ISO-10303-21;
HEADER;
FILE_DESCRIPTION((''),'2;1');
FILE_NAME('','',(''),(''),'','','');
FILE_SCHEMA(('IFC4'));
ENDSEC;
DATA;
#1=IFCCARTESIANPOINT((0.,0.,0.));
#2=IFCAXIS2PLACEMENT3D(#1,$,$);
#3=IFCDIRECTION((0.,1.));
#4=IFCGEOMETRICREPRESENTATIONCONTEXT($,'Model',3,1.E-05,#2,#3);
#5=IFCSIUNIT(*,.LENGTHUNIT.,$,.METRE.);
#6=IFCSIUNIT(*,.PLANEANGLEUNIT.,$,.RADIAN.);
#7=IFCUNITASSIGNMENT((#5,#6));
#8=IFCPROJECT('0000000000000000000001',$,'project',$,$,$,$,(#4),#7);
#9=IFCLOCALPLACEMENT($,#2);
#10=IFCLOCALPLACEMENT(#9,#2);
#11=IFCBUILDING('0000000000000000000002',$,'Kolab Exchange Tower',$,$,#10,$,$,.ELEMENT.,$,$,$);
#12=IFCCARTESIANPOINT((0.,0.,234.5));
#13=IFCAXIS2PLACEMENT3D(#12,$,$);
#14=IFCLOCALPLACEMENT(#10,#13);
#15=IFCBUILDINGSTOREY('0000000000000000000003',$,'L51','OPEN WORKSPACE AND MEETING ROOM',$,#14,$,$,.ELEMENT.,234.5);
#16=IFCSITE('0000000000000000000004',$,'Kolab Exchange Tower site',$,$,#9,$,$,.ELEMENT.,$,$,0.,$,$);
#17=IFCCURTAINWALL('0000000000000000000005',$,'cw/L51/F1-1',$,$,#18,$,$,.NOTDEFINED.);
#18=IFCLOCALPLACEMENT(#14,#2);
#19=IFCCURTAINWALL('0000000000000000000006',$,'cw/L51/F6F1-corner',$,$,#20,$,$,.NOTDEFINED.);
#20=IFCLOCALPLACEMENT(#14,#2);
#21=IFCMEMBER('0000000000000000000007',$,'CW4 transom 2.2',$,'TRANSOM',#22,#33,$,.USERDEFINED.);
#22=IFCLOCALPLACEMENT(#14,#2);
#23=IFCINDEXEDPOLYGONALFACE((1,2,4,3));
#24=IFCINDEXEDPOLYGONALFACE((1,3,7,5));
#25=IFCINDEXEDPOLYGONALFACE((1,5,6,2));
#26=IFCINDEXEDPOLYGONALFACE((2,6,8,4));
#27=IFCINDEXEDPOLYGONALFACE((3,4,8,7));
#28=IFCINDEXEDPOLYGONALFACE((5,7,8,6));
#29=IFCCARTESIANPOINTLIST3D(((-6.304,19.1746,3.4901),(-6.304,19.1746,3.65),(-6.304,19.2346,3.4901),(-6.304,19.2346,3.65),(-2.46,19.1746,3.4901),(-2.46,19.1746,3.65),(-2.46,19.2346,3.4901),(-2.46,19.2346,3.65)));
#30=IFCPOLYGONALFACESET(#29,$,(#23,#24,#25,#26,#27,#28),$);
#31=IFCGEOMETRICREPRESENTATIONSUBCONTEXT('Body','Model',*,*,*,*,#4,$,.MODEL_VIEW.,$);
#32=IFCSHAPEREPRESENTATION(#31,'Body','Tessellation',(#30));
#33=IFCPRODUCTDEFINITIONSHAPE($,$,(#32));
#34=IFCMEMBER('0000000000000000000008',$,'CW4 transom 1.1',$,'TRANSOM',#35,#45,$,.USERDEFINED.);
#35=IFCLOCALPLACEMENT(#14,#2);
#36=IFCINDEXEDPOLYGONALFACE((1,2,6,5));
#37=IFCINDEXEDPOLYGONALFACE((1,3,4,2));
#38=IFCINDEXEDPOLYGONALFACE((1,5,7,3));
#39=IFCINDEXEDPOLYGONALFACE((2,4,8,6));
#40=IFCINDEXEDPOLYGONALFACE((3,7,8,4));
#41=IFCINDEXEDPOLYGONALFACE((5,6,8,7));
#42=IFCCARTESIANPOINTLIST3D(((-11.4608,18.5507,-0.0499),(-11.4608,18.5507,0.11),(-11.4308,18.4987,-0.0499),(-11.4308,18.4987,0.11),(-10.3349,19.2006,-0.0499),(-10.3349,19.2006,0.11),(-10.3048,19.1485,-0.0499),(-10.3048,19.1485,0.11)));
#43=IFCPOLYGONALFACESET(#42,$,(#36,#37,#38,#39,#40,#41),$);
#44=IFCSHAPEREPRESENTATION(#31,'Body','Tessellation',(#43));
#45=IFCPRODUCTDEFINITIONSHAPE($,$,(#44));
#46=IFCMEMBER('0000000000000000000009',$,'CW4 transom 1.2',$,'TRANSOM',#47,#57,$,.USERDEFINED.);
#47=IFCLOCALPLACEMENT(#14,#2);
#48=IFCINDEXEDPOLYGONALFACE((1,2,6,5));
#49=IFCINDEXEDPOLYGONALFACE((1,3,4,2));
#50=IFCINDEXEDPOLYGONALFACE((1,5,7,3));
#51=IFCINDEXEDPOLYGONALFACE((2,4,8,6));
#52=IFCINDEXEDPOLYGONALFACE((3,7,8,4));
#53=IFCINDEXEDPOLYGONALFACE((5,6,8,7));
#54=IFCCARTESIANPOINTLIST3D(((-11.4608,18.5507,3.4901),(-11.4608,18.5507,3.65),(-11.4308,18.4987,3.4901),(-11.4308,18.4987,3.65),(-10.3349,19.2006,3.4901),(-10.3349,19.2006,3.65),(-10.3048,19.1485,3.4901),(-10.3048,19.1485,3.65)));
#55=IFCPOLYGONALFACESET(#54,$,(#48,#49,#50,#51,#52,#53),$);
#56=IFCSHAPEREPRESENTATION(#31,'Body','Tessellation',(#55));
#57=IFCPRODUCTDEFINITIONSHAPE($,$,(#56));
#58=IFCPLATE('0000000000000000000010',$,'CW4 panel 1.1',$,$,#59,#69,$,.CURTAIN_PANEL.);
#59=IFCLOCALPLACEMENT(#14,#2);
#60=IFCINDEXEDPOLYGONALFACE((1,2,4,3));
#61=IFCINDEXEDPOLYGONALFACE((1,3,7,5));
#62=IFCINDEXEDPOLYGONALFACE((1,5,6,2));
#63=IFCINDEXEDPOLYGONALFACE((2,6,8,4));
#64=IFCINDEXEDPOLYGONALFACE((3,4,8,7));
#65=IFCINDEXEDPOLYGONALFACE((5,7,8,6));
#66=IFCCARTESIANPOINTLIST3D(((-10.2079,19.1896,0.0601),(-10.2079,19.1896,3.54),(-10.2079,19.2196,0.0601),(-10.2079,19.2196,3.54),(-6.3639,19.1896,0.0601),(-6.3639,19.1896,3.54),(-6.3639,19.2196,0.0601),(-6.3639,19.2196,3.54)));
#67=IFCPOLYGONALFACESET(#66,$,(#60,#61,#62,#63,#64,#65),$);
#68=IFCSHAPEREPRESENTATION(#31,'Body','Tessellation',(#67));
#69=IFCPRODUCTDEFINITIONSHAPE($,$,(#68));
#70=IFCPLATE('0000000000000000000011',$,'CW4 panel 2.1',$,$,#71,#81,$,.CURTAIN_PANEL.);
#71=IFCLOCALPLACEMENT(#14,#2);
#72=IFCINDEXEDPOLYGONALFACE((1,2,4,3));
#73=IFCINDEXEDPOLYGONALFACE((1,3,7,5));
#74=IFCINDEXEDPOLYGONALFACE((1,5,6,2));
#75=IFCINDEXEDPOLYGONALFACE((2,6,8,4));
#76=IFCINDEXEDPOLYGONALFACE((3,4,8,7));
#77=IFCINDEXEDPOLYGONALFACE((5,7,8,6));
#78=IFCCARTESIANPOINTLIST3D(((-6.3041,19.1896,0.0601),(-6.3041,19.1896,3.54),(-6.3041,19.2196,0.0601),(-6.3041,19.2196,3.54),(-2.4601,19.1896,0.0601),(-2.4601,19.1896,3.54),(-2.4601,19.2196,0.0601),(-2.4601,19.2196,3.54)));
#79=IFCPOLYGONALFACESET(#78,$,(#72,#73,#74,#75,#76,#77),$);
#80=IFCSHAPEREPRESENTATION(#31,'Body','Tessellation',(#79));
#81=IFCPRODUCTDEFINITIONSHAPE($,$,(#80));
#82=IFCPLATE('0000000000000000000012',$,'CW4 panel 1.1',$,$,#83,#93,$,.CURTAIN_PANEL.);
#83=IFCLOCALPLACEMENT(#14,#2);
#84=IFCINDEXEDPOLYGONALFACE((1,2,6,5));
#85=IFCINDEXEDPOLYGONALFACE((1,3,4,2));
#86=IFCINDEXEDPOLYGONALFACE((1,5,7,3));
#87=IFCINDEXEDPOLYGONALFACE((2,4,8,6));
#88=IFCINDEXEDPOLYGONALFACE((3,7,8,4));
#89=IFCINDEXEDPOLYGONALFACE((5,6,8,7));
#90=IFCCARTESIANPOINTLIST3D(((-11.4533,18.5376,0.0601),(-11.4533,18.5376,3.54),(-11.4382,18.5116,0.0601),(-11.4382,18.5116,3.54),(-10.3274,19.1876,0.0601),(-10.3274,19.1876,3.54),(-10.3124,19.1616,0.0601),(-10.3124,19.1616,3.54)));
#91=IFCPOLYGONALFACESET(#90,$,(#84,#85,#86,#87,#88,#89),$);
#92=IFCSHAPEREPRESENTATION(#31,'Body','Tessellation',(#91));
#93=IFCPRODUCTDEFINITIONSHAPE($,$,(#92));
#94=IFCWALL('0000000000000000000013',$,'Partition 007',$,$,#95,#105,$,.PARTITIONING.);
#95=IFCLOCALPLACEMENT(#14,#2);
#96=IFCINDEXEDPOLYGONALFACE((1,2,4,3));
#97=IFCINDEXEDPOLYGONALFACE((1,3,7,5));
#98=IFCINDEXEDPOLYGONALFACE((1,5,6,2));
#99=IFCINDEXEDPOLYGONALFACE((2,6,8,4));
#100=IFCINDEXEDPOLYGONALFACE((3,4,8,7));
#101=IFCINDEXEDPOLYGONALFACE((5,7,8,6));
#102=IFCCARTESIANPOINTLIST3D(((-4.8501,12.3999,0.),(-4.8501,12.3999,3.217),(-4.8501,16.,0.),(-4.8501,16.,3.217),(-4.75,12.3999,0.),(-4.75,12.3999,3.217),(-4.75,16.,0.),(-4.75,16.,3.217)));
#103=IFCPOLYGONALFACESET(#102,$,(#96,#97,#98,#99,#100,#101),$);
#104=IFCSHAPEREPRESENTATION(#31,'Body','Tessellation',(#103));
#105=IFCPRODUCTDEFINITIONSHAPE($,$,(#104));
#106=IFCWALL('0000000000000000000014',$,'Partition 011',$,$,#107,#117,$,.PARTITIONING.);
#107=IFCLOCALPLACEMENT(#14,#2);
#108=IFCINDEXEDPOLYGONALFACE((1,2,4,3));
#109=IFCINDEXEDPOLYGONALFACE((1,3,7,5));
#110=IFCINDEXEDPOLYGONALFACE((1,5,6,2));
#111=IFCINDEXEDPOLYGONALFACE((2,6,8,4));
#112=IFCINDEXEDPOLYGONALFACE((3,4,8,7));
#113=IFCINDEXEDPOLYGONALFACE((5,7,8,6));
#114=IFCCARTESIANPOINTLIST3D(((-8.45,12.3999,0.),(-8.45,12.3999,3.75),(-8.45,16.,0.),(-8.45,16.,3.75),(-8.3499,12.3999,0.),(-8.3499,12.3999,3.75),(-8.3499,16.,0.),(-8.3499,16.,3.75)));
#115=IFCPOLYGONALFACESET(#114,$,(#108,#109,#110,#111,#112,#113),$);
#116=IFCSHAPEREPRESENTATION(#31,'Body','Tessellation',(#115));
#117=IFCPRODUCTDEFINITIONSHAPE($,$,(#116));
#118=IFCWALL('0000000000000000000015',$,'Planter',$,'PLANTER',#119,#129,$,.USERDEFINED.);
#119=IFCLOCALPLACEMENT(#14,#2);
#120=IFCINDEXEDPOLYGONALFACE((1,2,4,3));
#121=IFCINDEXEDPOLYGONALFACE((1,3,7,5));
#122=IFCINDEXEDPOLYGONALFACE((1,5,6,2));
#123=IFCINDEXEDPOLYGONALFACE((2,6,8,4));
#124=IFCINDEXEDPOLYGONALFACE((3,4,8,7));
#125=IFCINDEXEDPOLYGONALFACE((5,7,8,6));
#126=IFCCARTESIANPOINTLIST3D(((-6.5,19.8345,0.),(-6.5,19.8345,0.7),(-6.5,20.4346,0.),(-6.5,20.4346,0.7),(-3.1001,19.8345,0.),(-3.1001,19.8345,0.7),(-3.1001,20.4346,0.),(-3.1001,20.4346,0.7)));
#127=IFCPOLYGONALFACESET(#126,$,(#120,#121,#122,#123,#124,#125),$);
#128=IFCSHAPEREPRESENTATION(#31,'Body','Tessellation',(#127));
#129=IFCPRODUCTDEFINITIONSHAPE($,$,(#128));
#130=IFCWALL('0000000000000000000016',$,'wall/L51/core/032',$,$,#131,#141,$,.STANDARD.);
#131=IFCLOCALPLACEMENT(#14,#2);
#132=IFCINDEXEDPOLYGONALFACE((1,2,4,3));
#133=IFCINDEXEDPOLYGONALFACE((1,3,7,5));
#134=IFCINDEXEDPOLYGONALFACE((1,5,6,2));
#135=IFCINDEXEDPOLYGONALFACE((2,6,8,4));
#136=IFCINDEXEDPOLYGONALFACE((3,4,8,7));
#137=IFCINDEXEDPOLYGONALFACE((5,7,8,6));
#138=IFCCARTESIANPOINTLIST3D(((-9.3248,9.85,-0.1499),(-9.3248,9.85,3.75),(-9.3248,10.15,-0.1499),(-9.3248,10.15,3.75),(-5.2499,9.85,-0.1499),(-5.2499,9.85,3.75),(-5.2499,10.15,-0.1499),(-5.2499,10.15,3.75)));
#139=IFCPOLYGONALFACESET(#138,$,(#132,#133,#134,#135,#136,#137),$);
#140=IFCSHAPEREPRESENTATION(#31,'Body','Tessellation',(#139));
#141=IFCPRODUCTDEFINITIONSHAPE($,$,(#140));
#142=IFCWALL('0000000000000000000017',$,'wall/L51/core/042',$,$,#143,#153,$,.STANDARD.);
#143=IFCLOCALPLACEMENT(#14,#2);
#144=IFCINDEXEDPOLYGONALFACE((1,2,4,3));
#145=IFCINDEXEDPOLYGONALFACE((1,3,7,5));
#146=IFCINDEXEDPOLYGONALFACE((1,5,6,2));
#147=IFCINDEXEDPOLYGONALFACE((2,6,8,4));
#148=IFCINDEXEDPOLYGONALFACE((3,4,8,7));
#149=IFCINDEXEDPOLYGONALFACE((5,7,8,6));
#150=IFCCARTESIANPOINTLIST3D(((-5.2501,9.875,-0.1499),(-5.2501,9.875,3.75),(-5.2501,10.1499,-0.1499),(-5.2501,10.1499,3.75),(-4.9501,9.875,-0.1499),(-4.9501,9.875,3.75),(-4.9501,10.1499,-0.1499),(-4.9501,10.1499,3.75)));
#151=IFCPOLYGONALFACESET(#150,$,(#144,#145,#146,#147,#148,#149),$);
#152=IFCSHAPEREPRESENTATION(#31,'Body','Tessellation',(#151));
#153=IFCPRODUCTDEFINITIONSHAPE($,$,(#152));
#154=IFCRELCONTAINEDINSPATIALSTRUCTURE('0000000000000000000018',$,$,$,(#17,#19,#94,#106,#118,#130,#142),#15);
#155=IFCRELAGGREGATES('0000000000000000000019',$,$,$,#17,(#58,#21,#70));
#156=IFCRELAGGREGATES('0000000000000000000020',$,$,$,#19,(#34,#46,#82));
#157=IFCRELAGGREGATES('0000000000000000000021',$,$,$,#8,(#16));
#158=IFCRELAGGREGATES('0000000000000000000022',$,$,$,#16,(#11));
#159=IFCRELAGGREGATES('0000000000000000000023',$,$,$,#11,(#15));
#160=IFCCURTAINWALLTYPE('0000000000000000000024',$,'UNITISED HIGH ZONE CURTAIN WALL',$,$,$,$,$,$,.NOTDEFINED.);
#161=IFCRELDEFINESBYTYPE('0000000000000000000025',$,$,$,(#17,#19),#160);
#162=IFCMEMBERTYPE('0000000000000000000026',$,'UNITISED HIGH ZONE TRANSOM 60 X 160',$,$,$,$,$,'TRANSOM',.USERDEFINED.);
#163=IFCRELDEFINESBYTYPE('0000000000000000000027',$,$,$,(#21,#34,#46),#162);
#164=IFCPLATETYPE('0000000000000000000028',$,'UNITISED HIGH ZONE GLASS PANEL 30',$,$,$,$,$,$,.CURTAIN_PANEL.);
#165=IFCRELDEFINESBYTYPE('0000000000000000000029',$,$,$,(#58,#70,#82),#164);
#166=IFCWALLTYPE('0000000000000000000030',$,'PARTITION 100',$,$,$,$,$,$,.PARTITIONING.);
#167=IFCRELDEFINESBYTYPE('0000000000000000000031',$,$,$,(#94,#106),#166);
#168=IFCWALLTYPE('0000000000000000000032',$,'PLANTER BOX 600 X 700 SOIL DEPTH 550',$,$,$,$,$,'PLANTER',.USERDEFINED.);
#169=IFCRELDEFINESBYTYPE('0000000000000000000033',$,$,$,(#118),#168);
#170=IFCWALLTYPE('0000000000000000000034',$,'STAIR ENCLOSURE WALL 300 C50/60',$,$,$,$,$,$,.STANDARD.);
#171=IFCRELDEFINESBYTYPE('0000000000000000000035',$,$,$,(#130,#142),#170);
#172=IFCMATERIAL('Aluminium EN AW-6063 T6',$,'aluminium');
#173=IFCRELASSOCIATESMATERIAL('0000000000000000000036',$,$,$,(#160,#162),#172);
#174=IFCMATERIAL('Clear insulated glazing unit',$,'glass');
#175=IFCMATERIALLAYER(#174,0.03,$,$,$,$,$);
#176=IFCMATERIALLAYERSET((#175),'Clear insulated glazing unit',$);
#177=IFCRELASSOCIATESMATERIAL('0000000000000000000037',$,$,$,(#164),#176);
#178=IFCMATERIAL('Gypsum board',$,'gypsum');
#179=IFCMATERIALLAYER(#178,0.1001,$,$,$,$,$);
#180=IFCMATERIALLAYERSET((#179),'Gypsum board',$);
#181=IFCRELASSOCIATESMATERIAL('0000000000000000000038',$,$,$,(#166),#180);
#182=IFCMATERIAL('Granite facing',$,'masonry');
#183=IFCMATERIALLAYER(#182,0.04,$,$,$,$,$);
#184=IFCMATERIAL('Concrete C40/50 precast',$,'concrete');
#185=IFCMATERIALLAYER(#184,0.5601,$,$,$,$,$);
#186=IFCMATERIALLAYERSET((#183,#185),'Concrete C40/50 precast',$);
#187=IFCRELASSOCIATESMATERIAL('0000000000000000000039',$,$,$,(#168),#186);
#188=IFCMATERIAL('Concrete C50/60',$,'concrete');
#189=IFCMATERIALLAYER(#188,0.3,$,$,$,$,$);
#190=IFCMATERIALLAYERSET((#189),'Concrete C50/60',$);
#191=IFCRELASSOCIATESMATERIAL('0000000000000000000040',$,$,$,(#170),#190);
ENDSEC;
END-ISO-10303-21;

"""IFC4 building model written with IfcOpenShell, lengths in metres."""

from ifc_helpers import new_model, si_unit, direction, frame, frame_2d, origin, origin_2d, place, context, subcontext, project, spatial, rectangle, extrude, material, layer, layer_set, material_profile, profile_set, type_object, element, aggregate, save


model = new_model("IFC4")

# Units and contexts
model_context = context("Model", 3, precision=1e-05, world=origin(), true_north=direction((0.0, 1.0)))
body_context = subcontext(model_context, "Body", "Model", "MODEL_VIEW")
ifc_project = project(units=[si_unit("LENGTHUNIT", "METRE"), si_unit("PLANEANGLEUNIT", "RADIAN")], contexts=[model_context])

# Site, building, storey
site_placement = place(None, origin())
site = spatial("IfcSite", under=ifc_project, at=site_placement, Name="Kolab Exchange Tower site", CompositionType="ELEMENT", RefElevation=0.0)
building_placement = place(site_placement, origin())
building = spatial("IfcBuilding", under=site, at=building_placement, Name="Kolab Exchange Tower", CompositionType="ELEMENT")
storey_placement = place(building_placement, frame((0.0, 0.0, 234.5)))
storey = spatial("IfcBuildingStorey", under=building, at=storey_placement, Name="L51", Description="OPEN WORKSPACE AND MEETING ROOM", CompositionType="ELEMENT", Elevation=234.5)

# Shared definitions
ifc_material_1 = material(Name="Concrete C50/60", Category="concrete")

# Curtain walls
ifc_material_2 = material(Name="Aluminium EN AW-6063 T6", Category="aluminium")
curtain_wall_type = type_object("IfcCurtainWallType", Name="UNITISED HIGH ZONE CURTAIN WALL", PredefinedType="NOTDEFINED", material=ifc_material_2)
curtain_wall_1_placement = place(storey_placement, origin())
curtain_wall_1 = element("IfcCurtainWall", 1, at=curtain_wall_1_placement, inside=storey, type_object=curtain_wall_type, Name="cw/L51/F1-1", PredefinedType="NOTDEFINED")
curtain_wall_2_placement = place(storey_placement, origin())
curtain_wall_2 = element("IfcCurtainWall", 2, at=curtain_wall_2_placement, inside=storey, type_object=curtain_wall_type, Name="cw/L51/F6F1-corner", PredefinedType="NOTDEFINED")

# Members
ifc_material_profile_1 = material_profile(ifc_material_2, rectangle(XDim=0.0601, YDim=0.1599, at=origin_2d()), Name="RECT 60X160")
ifc_profile_set_1 = profile_set([ifc_material_profile_1], Name="Aluminium EN AW-6063 T6")
member_type_1 = type_object("IfcMemberType", Name="UNITISED HIGH ZONE TRANSOM 60 X 160", ElementType="TRANSOM", PredefinedType="USERDEFINED", material=ifc_profile_set_1)
member_1_placement = place(storey_placement, frame((-6.304, 19.2046, 3.5701), z_axis=(1.0, 0.0, 0.0), x_axis=(0.0, 1.0, 0.0)))
member_1 = element("IfcMember", 3, at=member_1_placement, type_object=member_type_1, Name="CW4 transom 2.2", ObjectType="TRANSOM", PredefinedType="USERDEFINED", context=body_context, shape_type="SweptSolid", body=[
    extrude(rectangle(XDim=0.0601, YDim=0.1599, at=origin_2d()), origin(), (0.0, 0.0, 1.0), 3.844),
])
member_2_placement = place(storey_placement, frame((-11.4458, 18.5247, 0.03), z_axis=(0.866086, 0.499896, 0.0), x_axis=(-0.499896, 0.866086, 0.0)))
member_2 = element("IfcMember", 4, at=member_2_placement, type_object=member_type_1, Name="CW4 transom 1.1", ObjectType="TRANSOM", PredefinedType="USERDEFINED", context=body_context, shape_type="SweptSolid", body=[
    extrude(rectangle(XDim=0.0601, YDim=0.1599, at=origin_2d()), origin(), (0.0, 0.0, 1.0), 1.3),
])
member_3_placement = place(storey_placement, frame((-11.4458, 18.5247, 3.5701), z_axis=(0.866086, 0.499896, 0.0), x_axis=(-0.499896, 0.866086, 0.0)))
member_3 = element("IfcMember", 5, at=member_3_placement, type_object=member_type_1, Name="CW4 transom 1.2", ObjectType="TRANSOM", PredefinedType="USERDEFINED", context=body_context, shape_type="SweptSolid", body=[
    extrude(rectangle(XDim=0.0601, YDim=0.1599, at=origin_2d()), origin(), (0.0, 0.0, 1.0), 1.3),
])

# Plates
ifc_material_3 = material(Name="Clear insulated glazing unit", Category="glass")
ifc_layer_1 = layer(ifc_material_3, 0.03)
ifc_layer_set_1 = layer_set([ifc_layer_1], Name="Clear insulated glazing unit")
plate_type = type_object("IfcPlateType", Name="UNITISED HIGH ZONE GLASS PANEL 30", PredefinedType="CURTAIN_PANEL", material=ifc_layer_set_1)
plate_1_placement = place(storey_placement, frame((-8.2859, 19.2046, 0.0601), z_axis=(0.0, 0.0, 1.0), x_axis=(1.0, 0.0, 0.0)))
plate_1 = element("IfcPlate", 6, at=plate_1_placement, type_object=plate_type, Name="CW4 panel 1.1", PredefinedType="CURTAIN_PANEL", context=body_context, shape_type="SweptSolid", body=[
    extrude(rectangle(XDim=3.844, YDim=0.03, at=origin_2d()), origin(), (0.0, 0.0, 1.0), 3.48),
])
plate_2_placement = place(storey_placement, frame((-4.3821, 19.2046, 0.0601), z_axis=(0.0, 0.0, 1.0), x_axis=(1.0, 0.0, 0.0)))
plate_2 = element("IfcPlate", 7, at=plate_2_placement, type_object=plate_type, Name="CW4 panel 2.1", PredefinedType="CURTAIN_PANEL", context=body_context, shape_type="SweptSolid", body=[
    extrude(rectangle(XDim=3.844, YDim=0.03, at=origin_2d()), origin(), (0.0, 0.0, 1.0), 3.48),
])
aggregate(curtain_wall_1, [plate_1, member_1, plate_2])
plate_3_placement = place(storey_placement, frame((-10.8828, 18.8496, 0.0601), z_axis=(0.0, 0.0, 1.0), x_axis=(0.866025, 0.5, 0.0)))
plate_3 = element("IfcPlate", 8, at=plate_3_placement, type_object=plate_type, Name="CW4 panel 1.1", PredefinedType="CURTAIN_PANEL", context=body_context, shape_type="SweptSolid", body=[
    extrude(rectangle(XDim=1.3, YDim=0.03, at=origin_2d()), origin(), (0.0, 0.0, 1.0), 3.48),
])
aggregate(curtain_wall_2, [member_2, member_3, plate_3])

# Walls
ifc_material_4 = material(Name="Gypsum board", Category="gypsum")
ifc_layer_2 = layer(ifc_material_4, 0.1001)
ifc_layer_set_2 = layer_set([ifc_layer_2], Name="Gypsum board")
wall_type_1 = type_object("IfcWallType", Name="PARTITION 100", PredefinedType="PARTITIONING", material=ifc_layer_set_2)
wall_1_placement = place(storey_placement, frame((-4.8, 12.3999, 0.0), z_axis=(0.0, 0.0, 1.0), x_axis=(0.0, 1.0, 0.0)))
element("IfcWall", 9, at=wall_1_placement, inside=storey, type_object=wall_type_1, Name="Partition 007", PredefinedType="PARTITIONING", context=body_context, shape_type="SweptSolid", body=[
    extrude(rectangle(XDim=3.6001, YDim=0.1001, at=frame_2d((1.8, 0.0))), origin(), (0.0, 0.0, 1.0), 3.217),
])
wall_2_placement = place(storey_placement, frame((-8.3999, 12.3999, 0.0), z_axis=(0.0, 0.0, 1.0), x_axis=(0.0, 1.0, 0.0)))
element("IfcWall", 10, at=wall_2_placement, inside=storey, type_object=wall_type_1, Name="Partition 011", PredefinedType="PARTITIONING", context=body_context, shape_type="SweptSolid", body=[
    extrude(rectangle(XDim=3.6001, YDim=0.1001, at=frame_2d((1.8, 0.0))), origin(), (0.0, 0.0, 1.0), 3.75),
])
ifc_material_5 = material(Name="Granite facing", Category="masonry")
ifc_layer_3 = layer(ifc_material_5, 0.04)
ifc_material_6 = material(Name="Concrete C40/50 precast", Category="concrete")
ifc_layer_4 = layer(ifc_material_6, 0.5601)
ifc_layer_set_3 = layer_set([ifc_layer_3, ifc_layer_4], Name="Concrete C40/50 precast")
wall_type_2 = type_object("IfcWallType", Name="PLANTER BOX 600 X 700 SOIL DEPTH 550", ElementType="PLANTER", PredefinedType="USERDEFINED", material=ifc_layer_set_3)
wall_3_placement = place(storey_placement, frame((-6.5, 20.1345, 0.0), z_axis=(0.0, 0.0, 1.0), x_axis=(1.0, 0.0, 0.0)))
element("IfcWall", 11, at=wall_3_placement, inside=storey, type_object=wall_type_2, Name="Planter", ObjectType="PLANTER", PredefinedType="USERDEFINED", context=body_context, shape_type="SweptSolid", body=[
    extrude(rectangle(XDim=3.3999, YDim=0.6001, at=frame_2d((1.7, 0.0))), origin(), (0.0, 0.0, 1.0), 0.7),
])
ifc_layer_5 = layer(ifc_material_1, 0.3)
ifc_layer_set_4 = layer_set([ifc_layer_5], Name="Concrete C50/60")
wall_type_3 = type_object("IfcWallType", Name="STAIR ENCLOSURE WALL 300 C50/60", PredefinedType="STANDARD", material=ifc_layer_set_4)
wall_4_placement = place(storey_placement, frame((-9.325, 10.0, -0.1499), z_axis=(0.0, 0.0, 1.0), x_axis=(1.0, 0.0, 0.0)))
element("IfcWall", 12, at=wall_4_placement, inside=storey, type_object=wall_type_3, Name="wall/L51/core/032", PredefinedType="STANDARD", context=body_context, shape_type="SweptSolid", body=[
    extrude(rectangle(XDim=4.075, YDim=0.3, at=frame_2d((2.0376, 0.0))), origin(), (0.0, 0.0, 1.0), 3.8999),
])
wall_5_placement = place(storey_placement, frame((-5.1001, 9.875, -0.1499), z_axis=(0.0, 0.0, 1.0), x_axis=(0.0, 1.0, 0.0)))
element("IfcWall", 13, at=wall_5_placement, inside=storey, type_object=wall_type_3, Name="wall/L51/core/042", PredefinedType="STANDARD", context=body_context, shape_type="SweptSolid", body=[
    extrude(rectangle(XDim=0.2749, YDim=0.3, at=frame_2d((0.1375, 0.0))), origin(), (0.0, 0.0, 1.0), 3.8999),
])

save(model, "model.ifc")
